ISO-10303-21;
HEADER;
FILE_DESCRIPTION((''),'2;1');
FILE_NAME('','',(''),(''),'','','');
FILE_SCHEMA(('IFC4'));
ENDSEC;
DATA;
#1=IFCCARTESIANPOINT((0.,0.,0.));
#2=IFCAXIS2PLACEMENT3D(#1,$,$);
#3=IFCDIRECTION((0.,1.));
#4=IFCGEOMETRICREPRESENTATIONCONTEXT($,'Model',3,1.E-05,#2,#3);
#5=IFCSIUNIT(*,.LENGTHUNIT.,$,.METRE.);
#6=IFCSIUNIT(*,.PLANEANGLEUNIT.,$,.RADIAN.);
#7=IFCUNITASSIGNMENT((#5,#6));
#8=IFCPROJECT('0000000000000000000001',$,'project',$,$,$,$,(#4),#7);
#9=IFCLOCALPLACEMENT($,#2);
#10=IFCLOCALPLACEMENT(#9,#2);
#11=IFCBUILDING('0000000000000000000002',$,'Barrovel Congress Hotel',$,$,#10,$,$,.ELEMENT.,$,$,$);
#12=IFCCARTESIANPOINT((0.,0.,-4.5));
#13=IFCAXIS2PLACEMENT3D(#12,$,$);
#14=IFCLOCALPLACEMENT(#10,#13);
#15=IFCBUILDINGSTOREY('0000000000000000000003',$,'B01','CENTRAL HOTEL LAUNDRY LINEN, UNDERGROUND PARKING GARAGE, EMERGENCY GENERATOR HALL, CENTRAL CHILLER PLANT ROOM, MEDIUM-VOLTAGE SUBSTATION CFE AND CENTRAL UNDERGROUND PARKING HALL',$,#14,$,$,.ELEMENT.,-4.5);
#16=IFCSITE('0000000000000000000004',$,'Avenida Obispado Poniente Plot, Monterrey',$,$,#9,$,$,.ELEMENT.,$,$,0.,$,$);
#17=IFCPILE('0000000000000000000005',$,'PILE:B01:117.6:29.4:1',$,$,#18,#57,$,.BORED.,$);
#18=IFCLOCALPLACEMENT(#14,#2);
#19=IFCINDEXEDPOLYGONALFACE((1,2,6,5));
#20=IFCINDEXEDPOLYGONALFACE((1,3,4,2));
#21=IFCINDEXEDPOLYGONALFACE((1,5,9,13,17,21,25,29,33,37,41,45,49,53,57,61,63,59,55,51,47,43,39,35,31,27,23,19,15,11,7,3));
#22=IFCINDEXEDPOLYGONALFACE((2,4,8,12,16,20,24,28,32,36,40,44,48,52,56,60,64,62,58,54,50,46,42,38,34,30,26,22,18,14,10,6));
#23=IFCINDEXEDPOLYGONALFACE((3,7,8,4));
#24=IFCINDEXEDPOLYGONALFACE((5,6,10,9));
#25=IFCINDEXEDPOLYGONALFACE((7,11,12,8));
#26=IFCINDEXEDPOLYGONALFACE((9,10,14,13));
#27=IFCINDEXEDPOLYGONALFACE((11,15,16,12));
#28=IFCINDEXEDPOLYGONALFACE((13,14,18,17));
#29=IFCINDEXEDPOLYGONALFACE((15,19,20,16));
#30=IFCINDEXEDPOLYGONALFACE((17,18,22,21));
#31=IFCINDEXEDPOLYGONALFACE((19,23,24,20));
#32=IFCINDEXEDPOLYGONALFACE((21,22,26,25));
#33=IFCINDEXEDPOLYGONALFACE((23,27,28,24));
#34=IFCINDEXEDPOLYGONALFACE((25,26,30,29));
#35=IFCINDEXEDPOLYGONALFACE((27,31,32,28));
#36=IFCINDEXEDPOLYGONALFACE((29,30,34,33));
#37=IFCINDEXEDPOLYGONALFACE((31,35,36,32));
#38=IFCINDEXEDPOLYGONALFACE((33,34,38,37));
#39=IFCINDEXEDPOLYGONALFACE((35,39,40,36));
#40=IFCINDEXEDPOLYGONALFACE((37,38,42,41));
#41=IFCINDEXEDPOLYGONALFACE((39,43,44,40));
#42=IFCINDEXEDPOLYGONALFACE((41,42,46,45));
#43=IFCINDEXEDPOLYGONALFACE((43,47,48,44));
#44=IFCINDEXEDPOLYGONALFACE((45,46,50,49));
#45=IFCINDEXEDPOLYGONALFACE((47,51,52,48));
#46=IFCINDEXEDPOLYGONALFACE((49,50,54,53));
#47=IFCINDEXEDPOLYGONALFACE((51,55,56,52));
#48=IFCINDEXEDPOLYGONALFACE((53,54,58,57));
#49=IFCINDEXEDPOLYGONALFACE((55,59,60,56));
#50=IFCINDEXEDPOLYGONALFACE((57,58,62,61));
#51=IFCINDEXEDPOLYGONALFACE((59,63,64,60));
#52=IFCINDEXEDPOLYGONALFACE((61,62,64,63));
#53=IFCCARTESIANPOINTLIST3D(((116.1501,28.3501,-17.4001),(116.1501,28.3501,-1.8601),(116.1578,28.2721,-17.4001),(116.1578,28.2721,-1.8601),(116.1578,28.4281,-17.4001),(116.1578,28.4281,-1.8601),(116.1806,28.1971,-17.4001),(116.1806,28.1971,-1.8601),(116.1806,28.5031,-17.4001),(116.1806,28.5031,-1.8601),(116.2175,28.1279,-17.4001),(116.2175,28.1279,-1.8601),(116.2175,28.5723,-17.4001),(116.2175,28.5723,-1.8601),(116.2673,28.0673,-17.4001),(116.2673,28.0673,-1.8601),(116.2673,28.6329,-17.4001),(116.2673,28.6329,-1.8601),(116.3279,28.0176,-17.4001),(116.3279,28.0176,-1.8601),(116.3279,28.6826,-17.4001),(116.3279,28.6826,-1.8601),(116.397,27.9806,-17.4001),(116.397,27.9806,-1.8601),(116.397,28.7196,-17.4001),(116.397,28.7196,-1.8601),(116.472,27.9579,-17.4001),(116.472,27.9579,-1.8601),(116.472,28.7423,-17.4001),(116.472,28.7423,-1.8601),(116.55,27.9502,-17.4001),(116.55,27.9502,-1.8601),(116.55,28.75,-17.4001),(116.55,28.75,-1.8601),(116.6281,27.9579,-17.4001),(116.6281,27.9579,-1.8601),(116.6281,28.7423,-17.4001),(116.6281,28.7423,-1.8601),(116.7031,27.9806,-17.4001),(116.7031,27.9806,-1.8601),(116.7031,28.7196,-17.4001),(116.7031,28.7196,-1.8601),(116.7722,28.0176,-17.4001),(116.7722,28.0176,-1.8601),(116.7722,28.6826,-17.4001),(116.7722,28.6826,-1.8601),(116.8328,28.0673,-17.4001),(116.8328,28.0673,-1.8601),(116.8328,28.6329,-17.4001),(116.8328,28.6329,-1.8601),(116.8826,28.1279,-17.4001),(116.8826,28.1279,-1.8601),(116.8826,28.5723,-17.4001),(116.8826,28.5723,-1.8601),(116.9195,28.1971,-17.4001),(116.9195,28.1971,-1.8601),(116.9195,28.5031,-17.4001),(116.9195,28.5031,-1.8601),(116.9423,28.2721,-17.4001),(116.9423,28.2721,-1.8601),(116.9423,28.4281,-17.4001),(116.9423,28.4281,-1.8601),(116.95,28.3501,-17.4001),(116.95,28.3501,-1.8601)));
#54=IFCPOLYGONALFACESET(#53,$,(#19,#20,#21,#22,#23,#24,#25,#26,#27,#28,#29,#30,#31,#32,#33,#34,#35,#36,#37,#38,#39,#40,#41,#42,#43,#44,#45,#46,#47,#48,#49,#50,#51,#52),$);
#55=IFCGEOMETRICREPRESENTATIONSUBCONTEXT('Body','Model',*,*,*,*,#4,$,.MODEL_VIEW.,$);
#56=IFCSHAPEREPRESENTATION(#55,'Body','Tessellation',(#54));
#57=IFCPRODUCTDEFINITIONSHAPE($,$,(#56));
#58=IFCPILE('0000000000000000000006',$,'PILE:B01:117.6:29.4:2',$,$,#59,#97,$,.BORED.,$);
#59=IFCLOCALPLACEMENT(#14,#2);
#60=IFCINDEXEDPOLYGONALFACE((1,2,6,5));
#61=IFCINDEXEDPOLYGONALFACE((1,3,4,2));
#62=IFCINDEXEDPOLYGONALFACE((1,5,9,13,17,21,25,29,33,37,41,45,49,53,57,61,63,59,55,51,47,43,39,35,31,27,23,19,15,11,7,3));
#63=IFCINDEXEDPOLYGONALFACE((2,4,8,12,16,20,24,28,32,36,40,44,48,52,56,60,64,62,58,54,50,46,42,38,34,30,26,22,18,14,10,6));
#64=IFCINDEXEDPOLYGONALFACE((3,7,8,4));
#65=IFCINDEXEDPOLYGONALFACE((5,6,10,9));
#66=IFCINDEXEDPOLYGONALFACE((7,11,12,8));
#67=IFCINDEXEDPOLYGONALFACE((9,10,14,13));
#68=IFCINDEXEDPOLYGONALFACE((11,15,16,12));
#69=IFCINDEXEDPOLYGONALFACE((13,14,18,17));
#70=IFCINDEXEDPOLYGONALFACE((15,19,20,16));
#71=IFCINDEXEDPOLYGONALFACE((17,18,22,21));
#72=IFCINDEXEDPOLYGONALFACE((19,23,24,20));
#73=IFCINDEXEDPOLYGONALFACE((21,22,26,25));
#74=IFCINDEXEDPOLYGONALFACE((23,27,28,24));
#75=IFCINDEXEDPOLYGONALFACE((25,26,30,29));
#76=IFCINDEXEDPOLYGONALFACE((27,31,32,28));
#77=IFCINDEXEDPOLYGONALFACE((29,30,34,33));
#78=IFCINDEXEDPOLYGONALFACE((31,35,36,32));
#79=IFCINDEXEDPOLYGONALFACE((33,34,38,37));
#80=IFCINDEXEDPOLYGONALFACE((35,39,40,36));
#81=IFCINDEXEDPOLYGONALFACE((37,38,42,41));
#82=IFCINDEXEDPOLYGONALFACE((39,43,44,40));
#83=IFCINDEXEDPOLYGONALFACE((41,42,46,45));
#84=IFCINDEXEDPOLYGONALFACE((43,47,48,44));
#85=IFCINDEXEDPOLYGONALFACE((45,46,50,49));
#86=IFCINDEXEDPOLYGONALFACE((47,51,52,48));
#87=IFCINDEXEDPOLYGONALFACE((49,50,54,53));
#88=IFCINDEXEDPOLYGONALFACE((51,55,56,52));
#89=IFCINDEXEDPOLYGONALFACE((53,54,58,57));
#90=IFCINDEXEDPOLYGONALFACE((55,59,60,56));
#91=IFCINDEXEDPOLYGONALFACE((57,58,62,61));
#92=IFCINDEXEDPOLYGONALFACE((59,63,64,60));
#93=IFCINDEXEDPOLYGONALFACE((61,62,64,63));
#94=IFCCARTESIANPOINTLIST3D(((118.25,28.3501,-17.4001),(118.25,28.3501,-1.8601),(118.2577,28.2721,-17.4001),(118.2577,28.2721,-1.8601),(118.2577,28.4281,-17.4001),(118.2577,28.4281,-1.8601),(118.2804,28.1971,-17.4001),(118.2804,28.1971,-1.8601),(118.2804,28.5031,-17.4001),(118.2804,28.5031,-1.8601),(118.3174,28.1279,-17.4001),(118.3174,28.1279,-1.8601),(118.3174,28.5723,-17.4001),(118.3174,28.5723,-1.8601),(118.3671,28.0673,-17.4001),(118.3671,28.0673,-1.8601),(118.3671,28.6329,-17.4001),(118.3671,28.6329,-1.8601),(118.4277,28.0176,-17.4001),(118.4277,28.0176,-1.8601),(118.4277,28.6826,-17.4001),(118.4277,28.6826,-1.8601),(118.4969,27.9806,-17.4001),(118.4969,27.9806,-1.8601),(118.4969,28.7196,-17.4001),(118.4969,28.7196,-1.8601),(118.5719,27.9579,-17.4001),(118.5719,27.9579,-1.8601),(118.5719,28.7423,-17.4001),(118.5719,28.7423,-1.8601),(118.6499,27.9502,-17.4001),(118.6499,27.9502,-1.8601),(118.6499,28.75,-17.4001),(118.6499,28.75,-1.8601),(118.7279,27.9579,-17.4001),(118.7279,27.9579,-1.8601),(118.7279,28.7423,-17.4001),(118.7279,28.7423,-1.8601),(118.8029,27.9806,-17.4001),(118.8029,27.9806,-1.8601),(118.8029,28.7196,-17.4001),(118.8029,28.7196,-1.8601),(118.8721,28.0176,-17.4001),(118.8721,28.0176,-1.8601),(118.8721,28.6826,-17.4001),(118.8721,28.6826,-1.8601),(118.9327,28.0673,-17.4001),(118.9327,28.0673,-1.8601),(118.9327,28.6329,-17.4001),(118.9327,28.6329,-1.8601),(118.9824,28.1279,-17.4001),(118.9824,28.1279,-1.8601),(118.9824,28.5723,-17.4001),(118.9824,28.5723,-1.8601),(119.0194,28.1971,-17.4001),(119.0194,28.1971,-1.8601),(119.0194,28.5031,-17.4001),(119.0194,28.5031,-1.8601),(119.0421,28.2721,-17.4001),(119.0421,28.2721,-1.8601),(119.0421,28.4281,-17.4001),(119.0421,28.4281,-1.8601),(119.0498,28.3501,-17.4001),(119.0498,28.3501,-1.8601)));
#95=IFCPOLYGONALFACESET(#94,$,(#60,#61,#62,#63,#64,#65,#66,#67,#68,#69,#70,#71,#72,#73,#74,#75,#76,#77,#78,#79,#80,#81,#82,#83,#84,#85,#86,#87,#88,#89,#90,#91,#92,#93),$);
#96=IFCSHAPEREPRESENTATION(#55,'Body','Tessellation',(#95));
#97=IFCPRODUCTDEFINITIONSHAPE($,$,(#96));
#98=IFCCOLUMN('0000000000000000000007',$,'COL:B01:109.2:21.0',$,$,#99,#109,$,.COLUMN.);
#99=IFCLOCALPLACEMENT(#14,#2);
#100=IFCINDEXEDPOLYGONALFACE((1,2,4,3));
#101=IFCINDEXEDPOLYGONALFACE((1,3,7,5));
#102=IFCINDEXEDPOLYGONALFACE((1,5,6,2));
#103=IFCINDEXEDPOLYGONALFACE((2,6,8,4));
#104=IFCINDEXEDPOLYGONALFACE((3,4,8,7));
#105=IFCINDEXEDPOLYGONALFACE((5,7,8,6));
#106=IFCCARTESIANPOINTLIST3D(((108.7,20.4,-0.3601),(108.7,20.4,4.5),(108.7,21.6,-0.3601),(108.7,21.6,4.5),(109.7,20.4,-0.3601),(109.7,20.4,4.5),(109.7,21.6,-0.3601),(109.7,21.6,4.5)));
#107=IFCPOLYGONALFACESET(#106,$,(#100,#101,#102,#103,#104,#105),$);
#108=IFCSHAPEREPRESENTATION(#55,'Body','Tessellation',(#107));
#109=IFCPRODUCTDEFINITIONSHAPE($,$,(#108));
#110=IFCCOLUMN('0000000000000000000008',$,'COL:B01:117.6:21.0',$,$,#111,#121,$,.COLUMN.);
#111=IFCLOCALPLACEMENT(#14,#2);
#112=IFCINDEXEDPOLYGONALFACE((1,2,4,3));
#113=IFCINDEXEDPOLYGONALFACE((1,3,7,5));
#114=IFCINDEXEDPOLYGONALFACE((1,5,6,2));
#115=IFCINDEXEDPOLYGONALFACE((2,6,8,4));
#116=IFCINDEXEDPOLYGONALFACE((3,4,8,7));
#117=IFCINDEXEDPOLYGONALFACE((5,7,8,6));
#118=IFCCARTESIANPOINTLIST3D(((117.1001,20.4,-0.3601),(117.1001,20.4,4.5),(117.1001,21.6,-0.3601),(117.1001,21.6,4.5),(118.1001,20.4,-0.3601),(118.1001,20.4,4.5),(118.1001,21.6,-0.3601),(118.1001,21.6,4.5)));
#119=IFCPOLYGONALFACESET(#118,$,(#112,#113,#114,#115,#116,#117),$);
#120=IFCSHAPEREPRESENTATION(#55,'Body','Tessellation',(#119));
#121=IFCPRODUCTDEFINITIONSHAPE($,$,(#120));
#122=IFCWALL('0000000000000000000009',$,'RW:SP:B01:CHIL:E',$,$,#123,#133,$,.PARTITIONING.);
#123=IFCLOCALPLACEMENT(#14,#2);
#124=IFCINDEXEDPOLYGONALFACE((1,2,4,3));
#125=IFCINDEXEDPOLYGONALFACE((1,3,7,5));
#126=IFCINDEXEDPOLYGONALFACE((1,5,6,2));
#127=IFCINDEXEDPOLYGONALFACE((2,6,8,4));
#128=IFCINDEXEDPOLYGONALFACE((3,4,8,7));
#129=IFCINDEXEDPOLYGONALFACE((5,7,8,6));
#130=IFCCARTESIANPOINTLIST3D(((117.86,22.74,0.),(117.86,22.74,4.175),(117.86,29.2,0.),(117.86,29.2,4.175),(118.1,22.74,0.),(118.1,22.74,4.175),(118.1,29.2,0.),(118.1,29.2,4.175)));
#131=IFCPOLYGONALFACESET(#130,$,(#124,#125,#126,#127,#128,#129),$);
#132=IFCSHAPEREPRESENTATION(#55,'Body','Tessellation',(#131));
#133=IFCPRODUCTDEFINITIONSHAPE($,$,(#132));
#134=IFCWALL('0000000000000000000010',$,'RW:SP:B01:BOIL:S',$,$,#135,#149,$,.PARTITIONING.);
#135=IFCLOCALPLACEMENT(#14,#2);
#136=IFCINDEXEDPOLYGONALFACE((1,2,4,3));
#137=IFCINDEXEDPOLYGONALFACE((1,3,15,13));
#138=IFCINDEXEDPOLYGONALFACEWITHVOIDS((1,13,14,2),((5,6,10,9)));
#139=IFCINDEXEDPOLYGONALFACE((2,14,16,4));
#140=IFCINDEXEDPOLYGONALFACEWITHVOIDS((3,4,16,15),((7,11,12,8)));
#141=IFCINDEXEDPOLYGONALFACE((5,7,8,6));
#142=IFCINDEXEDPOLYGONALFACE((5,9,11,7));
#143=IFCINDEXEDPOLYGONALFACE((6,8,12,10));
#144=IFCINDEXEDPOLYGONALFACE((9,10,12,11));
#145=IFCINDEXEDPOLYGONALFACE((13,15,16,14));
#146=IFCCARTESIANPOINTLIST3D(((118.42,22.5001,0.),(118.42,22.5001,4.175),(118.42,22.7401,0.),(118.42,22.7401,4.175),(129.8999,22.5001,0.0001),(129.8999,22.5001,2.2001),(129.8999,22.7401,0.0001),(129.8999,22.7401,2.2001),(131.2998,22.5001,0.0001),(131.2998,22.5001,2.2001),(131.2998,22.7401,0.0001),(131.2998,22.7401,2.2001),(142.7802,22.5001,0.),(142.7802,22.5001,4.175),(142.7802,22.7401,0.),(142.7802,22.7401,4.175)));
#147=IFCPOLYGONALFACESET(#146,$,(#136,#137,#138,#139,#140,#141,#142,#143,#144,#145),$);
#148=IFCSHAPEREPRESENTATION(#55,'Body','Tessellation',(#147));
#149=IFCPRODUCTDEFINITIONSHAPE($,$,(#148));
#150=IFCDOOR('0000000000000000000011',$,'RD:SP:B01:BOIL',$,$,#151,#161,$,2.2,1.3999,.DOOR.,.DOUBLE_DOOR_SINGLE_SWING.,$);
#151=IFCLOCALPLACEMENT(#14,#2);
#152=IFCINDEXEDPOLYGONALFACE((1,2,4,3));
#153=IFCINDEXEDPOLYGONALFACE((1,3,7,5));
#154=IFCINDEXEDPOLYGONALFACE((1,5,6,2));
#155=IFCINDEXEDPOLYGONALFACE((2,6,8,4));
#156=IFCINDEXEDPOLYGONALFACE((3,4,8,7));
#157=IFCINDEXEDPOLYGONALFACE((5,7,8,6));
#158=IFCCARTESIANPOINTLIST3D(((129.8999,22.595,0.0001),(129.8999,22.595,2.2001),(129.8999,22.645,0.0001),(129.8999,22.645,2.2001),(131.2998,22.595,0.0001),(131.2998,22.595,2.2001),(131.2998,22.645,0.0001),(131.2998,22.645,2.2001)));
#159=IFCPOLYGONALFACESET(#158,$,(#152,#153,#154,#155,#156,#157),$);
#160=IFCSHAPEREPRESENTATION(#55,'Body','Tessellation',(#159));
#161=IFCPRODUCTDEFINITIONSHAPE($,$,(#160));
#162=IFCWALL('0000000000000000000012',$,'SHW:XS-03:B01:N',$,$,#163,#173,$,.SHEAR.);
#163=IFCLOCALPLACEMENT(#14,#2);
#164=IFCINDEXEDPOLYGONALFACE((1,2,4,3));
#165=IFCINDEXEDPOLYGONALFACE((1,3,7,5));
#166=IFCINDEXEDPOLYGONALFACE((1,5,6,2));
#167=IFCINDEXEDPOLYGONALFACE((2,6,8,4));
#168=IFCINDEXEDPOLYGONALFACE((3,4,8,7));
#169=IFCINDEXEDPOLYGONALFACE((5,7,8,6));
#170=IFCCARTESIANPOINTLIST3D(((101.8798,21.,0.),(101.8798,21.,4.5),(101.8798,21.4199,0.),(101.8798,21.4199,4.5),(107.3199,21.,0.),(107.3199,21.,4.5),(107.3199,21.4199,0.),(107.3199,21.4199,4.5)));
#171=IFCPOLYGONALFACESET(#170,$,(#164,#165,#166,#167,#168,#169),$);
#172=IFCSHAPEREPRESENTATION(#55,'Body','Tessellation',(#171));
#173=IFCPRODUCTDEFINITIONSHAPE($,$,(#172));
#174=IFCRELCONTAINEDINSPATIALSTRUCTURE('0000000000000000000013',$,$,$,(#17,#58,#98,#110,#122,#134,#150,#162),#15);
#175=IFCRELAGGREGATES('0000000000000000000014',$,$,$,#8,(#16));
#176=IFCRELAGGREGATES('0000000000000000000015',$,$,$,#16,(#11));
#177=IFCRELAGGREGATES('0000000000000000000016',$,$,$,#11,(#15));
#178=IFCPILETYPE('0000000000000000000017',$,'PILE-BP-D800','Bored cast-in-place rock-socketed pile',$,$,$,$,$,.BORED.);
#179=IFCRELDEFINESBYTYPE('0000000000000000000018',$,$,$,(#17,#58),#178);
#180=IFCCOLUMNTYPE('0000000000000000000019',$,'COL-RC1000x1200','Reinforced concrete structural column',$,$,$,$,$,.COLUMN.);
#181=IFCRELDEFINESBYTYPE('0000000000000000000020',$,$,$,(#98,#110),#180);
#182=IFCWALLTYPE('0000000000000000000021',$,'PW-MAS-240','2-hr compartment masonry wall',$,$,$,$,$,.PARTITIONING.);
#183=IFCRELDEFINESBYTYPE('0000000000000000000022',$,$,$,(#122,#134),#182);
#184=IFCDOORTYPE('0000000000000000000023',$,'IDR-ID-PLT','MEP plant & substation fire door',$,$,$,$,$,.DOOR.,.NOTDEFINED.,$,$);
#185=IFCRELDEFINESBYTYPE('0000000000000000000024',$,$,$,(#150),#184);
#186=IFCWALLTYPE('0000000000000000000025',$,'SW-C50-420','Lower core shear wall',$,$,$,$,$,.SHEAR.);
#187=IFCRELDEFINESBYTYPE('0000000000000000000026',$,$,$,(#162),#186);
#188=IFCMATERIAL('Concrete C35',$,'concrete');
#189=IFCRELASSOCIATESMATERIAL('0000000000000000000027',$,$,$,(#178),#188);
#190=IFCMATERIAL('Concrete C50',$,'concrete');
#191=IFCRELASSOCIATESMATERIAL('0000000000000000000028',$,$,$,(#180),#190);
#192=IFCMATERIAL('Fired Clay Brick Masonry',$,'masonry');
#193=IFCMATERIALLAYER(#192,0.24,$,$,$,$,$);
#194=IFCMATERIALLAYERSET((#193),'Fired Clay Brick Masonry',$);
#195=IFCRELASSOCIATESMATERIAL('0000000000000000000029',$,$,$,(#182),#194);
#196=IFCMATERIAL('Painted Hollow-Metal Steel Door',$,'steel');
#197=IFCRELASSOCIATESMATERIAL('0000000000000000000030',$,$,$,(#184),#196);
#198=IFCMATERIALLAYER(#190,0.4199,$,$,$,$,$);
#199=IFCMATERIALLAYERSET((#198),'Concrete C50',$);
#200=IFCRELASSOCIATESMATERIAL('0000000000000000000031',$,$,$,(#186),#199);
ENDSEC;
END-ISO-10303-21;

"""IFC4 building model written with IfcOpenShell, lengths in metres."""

from ifc_helpers import new_model, si_unit, direction, frame, frame_2d, origin, origin_2d, place, context, subcontext, project, spatial, rectangle, circle, extrude, material, layer, layer_set, material_profile, profile_set, type_object, element, fill, save


model = new_model("IFC4")

# Units and contexts
model_context = context("Model", 3, precision=1e-05, world=origin(), true_north=direction((0.0, 1.0)))
body_context = subcontext(model_context, "Body", "Model", "MODEL_VIEW")
ifc_project = project(units=[si_unit("LENGTHUNIT", "METRE"), si_unit("PLANEANGLEUNIT", "RADIAN")], contexts=[model_context])

# Site, building, storey
site_placement = place(None, origin())
site = spatial("IfcSite", under=ifc_project, at=site_placement, Name="Avenida Obispado Poniente Plot, Monterrey", CompositionType="ELEMENT", RefElevation=0.0)
building_placement = place(site_placement, origin())
building = spatial("IfcBuilding", under=site, at=building_placement, Name="Barrovel Congress Hotel", CompositionType="ELEMENT")
storey_placement = place(building_placement, frame((0.0, 0.0, -4.5)))
storey = spatial("IfcBuildingStorey", under=building, at=storey_placement, Name="B01", Description="CENTRAL HOTEL LAUNDRY LINEN, UNDERGROUND PARKING GARAGE, EMERGENCY GENERATOR HALL, CENTRAL CHILLER PLANT ROOM, MEDIUM-VOLTAGE SUBSTATION CFE AND CENTRAL UNDERGROUND PARKING HALL", CompositionType="ELEMENT", Elevation=-4.5)

# Piles
ifc_material_1 = material(Name="Concrete C35", Category="concrete")
ifc_material_profile_1 = material_profile(ifc_material_1, circle(Radius=0.3999, at=origin_2d()), Name="BP-D800")
ifc_profile_set_1 = profile_set([ifc_material_profile_1], Name="Concrete C35")
pile_type_1 = type_object("IfcPileType", Name="PILE-BP-D800", Description="Bored cast-in-place rock-socketed pile", PredefinedType="BORED", material=ifc_profile_set_1)
for number, where, z_axis, x_axis, name in (
    (1, (116.55, 28.3501, -1.8601), (0.0, 0.0, -1.0), (1.0, 0.0, 0.0), "PILE:B01:117.6:29.4:1"),
    (2, (118.6499, 28.3501, -1.8601), (0.0, 0.0, -1.0), (1.0, 0.0, 0.0), "PILE:B01:117.6:29.4:2"),
):
    element("IfcPile", number, at=place(storey_placement, frame(where, z_axis=z_axis, x_axis=x_axis)), inside=storey, type_object=pile_type_1, Name=name, PredefinedType="BORED", context=body_context, shape_type="SweptSolid", body=[
        extrude(circle(Radius=0.3999, at=origin_2d()), origin(), (0.0, 0.0, 1.0), 15.54),
    ])

# Columns
ifc_material_2 = material(Name="Concrete C50", Category="concrete")
ifc_material_profile_2 = material_profile(ifc_material_2, rectangle(XDim=1.0, YDim=1.2, at=origin_2d()), Name="RC1000x1200")
ifc_profile_set_2 = profile_set([ifc_material_profile_2], Name="Concrete C50")
column_type = type_object("IfcColumnType", Name="COL-RC1000x1200", Description="Reinforced concrete structural column", PredefinedType="COLUMN", material=ifc_profile_set_2)
for number, where, z_axis, x_axis, name in (
    (3, (109.2, 21.0, -0.3601), (0.0, 0.0, 1.0), (1.0, 0.0, 0.0), "COL:B01:109.2:21.0"),
    (4, (117.6001, 21.0, -0.3601), (0.0, 0.0, 1.0), (1.0, 0.0, 0.0), "COL:B01:117.6:21.0"),
):
    element("IfcColumn", number, at=place(storey_placement, frame(where, z_axis=z_axis, x_axis=x_axis)), inside=storey, type_object=column_type, Name=name, PredefinedType="COLUMN", context=body_context, shape_type="SweptSolid", body=[
        extrude(rectangle(XDim=1.0, YDim=1.2, at=origin_2d()), origin(), (0.0, 0.0, 1.0), 4.8601),
    ])

# Wall
ifc_material_3 = material(Name="Fired Clay Brick Masonry", Category="masonry")
ifc_layer_1 = layer(ifc_material_3, 0.24)
ifc_layer_set_1 = layer_set([ifc_layer_1], Name="Fired Clay Brick Masonry")
wall_type_1 = type_object("IfcWallType", Name="PW-MAS-240", Description="2-hr compartment masonry wall", PredefinedType="PARTITIONING", material=ifc_layer_set_1)
wall_1_placement = place(storey_placement, frame((117.98, 22.74, 0.0), z_axis=(0.0, 0.0, 1.0), x_axis=(0.0, 1.0, 0.0)))
element("IfcWall", 5, at=wall_1_placement, inside=storey, type_object=wall_type_1, Name="RW:SP:B01:CHIL:E", PredefinedType="PARTITIONING", context=body_context, shape_type="SweptSolid", body=[
    extrude(rectangle(XDim=6.46, YDim=0.24, at=frame_2d((3.23, 0.0))), origin(), (0.0, 0.0, 1.0), 4.175),
])

# Wall, opening, door
wall_2_placement = place(storey_placement, frame((118.4199, 22.6201, 0.0), z_axis=(0.0, 0.0, 1.0), x_axis=(1.0, 0.0, 0.0)))
wall_2 = element("IfcWall", 6, at=wall_2_placement, inside=storey, type_object=wall_type_1, Name="RW:SP:B01:BOIL:S", PredefinedType="PARTITIONING", context=body_context, shape_type="SweptSolid", body=[
    extrude(rectangle(XDim=24.3601, YDim=0.24, at=frame_2d((12.1802, 0.0))), origin(), (0.0, 0.0, 1.0), 4.175),
])
opening_placement = place(wall_2_placement, frame((11.48, 0.0, 0.0)))
opening = element("IfcOpeningElement", 7, at=opening_placement, cuts=wall_2, PredefinedType="OPENING", context=body_context, shape_type="SweptSolid", body=[
    extrude(rectangle(XDim=1.3999, YDim=2.2, at=frame_2d((0.7, 1.1001))), frame((0.0, 0.1299, 0.0), z_axis=(0.0, -1.0, 0.0), x_axis=(1.0, 0.0, 0.0)), (0.0, 0.0, 1.0), 0.26),
])
ifc_material_4 = material(Name="Painted Hollow-Metal Steel Door", Category="steel")
door_type = type_object("IfcDoorType", Name="IDR-ID-PLT", Description="MEP plant & substation fire door", OperationType="NOTDEFINED", PredefinedType="DOOR", material=ifc_material_4)
door_placement = place(opening_placement, origin())
door = element("IfcDoor", 8, at=door_placement, inside=storey, type_object=door_type, Name="RD:SP:B01:BOIL", OperationType="DOUBLE_DOOR_SINGLE_SWING", OverallHeight=2.2, OverallWidth=1.3999, PredefinedType="DOOR", context=body_context, shape_type="SweptSolid", body=[
    extrude(rectangle(XDim=1.3999, YDim=2.2, at=frame_2d((0.7, 1.1001))), frame((0.0, 0.0249, 0.0), z_axis=(0.0, -1.0, 0.0), x_axis=(1.0, 0.0, 0.0)), (0.0, 0.0, 1.0), 0.05),
])
fill(opening, door)

# Wall
ifc_layer_2 = layer(ifc_material_2, 0.4199)
ifc_layer_set_2 = layer_set([ifc_layer_2], Name="Concrete C50")
wall_type_2 = type_object("IfcWallType", Name="SW-C50-420", Description="Lower core shear wall", PredefinedType="SHEAR", material=ifc_layer_set_2)
wall_3_placement = place(storey_placement, frame((107.3201, 21.21, 0.0), z_axis=(0.0, 0.0, 1.0), x_axis=(-1.0, 0.0, 0.0)))
element("IfcWall", 9, at=wall_3_placement, inside=storey, type_object=wall_type_2, Name="SHW:XS-03:B01:N", PredefinedType="SHEAR", context=body_context, shape_type="SweptSolid", body=[
    extrude(rectangle(XDim=5.4402, YDim=0.4199, at=frame_2d((2.7202, 0.0))), origin(), (0.0, 0.0, 1.0), 4.5),
])

save(model, "model.ifc")
